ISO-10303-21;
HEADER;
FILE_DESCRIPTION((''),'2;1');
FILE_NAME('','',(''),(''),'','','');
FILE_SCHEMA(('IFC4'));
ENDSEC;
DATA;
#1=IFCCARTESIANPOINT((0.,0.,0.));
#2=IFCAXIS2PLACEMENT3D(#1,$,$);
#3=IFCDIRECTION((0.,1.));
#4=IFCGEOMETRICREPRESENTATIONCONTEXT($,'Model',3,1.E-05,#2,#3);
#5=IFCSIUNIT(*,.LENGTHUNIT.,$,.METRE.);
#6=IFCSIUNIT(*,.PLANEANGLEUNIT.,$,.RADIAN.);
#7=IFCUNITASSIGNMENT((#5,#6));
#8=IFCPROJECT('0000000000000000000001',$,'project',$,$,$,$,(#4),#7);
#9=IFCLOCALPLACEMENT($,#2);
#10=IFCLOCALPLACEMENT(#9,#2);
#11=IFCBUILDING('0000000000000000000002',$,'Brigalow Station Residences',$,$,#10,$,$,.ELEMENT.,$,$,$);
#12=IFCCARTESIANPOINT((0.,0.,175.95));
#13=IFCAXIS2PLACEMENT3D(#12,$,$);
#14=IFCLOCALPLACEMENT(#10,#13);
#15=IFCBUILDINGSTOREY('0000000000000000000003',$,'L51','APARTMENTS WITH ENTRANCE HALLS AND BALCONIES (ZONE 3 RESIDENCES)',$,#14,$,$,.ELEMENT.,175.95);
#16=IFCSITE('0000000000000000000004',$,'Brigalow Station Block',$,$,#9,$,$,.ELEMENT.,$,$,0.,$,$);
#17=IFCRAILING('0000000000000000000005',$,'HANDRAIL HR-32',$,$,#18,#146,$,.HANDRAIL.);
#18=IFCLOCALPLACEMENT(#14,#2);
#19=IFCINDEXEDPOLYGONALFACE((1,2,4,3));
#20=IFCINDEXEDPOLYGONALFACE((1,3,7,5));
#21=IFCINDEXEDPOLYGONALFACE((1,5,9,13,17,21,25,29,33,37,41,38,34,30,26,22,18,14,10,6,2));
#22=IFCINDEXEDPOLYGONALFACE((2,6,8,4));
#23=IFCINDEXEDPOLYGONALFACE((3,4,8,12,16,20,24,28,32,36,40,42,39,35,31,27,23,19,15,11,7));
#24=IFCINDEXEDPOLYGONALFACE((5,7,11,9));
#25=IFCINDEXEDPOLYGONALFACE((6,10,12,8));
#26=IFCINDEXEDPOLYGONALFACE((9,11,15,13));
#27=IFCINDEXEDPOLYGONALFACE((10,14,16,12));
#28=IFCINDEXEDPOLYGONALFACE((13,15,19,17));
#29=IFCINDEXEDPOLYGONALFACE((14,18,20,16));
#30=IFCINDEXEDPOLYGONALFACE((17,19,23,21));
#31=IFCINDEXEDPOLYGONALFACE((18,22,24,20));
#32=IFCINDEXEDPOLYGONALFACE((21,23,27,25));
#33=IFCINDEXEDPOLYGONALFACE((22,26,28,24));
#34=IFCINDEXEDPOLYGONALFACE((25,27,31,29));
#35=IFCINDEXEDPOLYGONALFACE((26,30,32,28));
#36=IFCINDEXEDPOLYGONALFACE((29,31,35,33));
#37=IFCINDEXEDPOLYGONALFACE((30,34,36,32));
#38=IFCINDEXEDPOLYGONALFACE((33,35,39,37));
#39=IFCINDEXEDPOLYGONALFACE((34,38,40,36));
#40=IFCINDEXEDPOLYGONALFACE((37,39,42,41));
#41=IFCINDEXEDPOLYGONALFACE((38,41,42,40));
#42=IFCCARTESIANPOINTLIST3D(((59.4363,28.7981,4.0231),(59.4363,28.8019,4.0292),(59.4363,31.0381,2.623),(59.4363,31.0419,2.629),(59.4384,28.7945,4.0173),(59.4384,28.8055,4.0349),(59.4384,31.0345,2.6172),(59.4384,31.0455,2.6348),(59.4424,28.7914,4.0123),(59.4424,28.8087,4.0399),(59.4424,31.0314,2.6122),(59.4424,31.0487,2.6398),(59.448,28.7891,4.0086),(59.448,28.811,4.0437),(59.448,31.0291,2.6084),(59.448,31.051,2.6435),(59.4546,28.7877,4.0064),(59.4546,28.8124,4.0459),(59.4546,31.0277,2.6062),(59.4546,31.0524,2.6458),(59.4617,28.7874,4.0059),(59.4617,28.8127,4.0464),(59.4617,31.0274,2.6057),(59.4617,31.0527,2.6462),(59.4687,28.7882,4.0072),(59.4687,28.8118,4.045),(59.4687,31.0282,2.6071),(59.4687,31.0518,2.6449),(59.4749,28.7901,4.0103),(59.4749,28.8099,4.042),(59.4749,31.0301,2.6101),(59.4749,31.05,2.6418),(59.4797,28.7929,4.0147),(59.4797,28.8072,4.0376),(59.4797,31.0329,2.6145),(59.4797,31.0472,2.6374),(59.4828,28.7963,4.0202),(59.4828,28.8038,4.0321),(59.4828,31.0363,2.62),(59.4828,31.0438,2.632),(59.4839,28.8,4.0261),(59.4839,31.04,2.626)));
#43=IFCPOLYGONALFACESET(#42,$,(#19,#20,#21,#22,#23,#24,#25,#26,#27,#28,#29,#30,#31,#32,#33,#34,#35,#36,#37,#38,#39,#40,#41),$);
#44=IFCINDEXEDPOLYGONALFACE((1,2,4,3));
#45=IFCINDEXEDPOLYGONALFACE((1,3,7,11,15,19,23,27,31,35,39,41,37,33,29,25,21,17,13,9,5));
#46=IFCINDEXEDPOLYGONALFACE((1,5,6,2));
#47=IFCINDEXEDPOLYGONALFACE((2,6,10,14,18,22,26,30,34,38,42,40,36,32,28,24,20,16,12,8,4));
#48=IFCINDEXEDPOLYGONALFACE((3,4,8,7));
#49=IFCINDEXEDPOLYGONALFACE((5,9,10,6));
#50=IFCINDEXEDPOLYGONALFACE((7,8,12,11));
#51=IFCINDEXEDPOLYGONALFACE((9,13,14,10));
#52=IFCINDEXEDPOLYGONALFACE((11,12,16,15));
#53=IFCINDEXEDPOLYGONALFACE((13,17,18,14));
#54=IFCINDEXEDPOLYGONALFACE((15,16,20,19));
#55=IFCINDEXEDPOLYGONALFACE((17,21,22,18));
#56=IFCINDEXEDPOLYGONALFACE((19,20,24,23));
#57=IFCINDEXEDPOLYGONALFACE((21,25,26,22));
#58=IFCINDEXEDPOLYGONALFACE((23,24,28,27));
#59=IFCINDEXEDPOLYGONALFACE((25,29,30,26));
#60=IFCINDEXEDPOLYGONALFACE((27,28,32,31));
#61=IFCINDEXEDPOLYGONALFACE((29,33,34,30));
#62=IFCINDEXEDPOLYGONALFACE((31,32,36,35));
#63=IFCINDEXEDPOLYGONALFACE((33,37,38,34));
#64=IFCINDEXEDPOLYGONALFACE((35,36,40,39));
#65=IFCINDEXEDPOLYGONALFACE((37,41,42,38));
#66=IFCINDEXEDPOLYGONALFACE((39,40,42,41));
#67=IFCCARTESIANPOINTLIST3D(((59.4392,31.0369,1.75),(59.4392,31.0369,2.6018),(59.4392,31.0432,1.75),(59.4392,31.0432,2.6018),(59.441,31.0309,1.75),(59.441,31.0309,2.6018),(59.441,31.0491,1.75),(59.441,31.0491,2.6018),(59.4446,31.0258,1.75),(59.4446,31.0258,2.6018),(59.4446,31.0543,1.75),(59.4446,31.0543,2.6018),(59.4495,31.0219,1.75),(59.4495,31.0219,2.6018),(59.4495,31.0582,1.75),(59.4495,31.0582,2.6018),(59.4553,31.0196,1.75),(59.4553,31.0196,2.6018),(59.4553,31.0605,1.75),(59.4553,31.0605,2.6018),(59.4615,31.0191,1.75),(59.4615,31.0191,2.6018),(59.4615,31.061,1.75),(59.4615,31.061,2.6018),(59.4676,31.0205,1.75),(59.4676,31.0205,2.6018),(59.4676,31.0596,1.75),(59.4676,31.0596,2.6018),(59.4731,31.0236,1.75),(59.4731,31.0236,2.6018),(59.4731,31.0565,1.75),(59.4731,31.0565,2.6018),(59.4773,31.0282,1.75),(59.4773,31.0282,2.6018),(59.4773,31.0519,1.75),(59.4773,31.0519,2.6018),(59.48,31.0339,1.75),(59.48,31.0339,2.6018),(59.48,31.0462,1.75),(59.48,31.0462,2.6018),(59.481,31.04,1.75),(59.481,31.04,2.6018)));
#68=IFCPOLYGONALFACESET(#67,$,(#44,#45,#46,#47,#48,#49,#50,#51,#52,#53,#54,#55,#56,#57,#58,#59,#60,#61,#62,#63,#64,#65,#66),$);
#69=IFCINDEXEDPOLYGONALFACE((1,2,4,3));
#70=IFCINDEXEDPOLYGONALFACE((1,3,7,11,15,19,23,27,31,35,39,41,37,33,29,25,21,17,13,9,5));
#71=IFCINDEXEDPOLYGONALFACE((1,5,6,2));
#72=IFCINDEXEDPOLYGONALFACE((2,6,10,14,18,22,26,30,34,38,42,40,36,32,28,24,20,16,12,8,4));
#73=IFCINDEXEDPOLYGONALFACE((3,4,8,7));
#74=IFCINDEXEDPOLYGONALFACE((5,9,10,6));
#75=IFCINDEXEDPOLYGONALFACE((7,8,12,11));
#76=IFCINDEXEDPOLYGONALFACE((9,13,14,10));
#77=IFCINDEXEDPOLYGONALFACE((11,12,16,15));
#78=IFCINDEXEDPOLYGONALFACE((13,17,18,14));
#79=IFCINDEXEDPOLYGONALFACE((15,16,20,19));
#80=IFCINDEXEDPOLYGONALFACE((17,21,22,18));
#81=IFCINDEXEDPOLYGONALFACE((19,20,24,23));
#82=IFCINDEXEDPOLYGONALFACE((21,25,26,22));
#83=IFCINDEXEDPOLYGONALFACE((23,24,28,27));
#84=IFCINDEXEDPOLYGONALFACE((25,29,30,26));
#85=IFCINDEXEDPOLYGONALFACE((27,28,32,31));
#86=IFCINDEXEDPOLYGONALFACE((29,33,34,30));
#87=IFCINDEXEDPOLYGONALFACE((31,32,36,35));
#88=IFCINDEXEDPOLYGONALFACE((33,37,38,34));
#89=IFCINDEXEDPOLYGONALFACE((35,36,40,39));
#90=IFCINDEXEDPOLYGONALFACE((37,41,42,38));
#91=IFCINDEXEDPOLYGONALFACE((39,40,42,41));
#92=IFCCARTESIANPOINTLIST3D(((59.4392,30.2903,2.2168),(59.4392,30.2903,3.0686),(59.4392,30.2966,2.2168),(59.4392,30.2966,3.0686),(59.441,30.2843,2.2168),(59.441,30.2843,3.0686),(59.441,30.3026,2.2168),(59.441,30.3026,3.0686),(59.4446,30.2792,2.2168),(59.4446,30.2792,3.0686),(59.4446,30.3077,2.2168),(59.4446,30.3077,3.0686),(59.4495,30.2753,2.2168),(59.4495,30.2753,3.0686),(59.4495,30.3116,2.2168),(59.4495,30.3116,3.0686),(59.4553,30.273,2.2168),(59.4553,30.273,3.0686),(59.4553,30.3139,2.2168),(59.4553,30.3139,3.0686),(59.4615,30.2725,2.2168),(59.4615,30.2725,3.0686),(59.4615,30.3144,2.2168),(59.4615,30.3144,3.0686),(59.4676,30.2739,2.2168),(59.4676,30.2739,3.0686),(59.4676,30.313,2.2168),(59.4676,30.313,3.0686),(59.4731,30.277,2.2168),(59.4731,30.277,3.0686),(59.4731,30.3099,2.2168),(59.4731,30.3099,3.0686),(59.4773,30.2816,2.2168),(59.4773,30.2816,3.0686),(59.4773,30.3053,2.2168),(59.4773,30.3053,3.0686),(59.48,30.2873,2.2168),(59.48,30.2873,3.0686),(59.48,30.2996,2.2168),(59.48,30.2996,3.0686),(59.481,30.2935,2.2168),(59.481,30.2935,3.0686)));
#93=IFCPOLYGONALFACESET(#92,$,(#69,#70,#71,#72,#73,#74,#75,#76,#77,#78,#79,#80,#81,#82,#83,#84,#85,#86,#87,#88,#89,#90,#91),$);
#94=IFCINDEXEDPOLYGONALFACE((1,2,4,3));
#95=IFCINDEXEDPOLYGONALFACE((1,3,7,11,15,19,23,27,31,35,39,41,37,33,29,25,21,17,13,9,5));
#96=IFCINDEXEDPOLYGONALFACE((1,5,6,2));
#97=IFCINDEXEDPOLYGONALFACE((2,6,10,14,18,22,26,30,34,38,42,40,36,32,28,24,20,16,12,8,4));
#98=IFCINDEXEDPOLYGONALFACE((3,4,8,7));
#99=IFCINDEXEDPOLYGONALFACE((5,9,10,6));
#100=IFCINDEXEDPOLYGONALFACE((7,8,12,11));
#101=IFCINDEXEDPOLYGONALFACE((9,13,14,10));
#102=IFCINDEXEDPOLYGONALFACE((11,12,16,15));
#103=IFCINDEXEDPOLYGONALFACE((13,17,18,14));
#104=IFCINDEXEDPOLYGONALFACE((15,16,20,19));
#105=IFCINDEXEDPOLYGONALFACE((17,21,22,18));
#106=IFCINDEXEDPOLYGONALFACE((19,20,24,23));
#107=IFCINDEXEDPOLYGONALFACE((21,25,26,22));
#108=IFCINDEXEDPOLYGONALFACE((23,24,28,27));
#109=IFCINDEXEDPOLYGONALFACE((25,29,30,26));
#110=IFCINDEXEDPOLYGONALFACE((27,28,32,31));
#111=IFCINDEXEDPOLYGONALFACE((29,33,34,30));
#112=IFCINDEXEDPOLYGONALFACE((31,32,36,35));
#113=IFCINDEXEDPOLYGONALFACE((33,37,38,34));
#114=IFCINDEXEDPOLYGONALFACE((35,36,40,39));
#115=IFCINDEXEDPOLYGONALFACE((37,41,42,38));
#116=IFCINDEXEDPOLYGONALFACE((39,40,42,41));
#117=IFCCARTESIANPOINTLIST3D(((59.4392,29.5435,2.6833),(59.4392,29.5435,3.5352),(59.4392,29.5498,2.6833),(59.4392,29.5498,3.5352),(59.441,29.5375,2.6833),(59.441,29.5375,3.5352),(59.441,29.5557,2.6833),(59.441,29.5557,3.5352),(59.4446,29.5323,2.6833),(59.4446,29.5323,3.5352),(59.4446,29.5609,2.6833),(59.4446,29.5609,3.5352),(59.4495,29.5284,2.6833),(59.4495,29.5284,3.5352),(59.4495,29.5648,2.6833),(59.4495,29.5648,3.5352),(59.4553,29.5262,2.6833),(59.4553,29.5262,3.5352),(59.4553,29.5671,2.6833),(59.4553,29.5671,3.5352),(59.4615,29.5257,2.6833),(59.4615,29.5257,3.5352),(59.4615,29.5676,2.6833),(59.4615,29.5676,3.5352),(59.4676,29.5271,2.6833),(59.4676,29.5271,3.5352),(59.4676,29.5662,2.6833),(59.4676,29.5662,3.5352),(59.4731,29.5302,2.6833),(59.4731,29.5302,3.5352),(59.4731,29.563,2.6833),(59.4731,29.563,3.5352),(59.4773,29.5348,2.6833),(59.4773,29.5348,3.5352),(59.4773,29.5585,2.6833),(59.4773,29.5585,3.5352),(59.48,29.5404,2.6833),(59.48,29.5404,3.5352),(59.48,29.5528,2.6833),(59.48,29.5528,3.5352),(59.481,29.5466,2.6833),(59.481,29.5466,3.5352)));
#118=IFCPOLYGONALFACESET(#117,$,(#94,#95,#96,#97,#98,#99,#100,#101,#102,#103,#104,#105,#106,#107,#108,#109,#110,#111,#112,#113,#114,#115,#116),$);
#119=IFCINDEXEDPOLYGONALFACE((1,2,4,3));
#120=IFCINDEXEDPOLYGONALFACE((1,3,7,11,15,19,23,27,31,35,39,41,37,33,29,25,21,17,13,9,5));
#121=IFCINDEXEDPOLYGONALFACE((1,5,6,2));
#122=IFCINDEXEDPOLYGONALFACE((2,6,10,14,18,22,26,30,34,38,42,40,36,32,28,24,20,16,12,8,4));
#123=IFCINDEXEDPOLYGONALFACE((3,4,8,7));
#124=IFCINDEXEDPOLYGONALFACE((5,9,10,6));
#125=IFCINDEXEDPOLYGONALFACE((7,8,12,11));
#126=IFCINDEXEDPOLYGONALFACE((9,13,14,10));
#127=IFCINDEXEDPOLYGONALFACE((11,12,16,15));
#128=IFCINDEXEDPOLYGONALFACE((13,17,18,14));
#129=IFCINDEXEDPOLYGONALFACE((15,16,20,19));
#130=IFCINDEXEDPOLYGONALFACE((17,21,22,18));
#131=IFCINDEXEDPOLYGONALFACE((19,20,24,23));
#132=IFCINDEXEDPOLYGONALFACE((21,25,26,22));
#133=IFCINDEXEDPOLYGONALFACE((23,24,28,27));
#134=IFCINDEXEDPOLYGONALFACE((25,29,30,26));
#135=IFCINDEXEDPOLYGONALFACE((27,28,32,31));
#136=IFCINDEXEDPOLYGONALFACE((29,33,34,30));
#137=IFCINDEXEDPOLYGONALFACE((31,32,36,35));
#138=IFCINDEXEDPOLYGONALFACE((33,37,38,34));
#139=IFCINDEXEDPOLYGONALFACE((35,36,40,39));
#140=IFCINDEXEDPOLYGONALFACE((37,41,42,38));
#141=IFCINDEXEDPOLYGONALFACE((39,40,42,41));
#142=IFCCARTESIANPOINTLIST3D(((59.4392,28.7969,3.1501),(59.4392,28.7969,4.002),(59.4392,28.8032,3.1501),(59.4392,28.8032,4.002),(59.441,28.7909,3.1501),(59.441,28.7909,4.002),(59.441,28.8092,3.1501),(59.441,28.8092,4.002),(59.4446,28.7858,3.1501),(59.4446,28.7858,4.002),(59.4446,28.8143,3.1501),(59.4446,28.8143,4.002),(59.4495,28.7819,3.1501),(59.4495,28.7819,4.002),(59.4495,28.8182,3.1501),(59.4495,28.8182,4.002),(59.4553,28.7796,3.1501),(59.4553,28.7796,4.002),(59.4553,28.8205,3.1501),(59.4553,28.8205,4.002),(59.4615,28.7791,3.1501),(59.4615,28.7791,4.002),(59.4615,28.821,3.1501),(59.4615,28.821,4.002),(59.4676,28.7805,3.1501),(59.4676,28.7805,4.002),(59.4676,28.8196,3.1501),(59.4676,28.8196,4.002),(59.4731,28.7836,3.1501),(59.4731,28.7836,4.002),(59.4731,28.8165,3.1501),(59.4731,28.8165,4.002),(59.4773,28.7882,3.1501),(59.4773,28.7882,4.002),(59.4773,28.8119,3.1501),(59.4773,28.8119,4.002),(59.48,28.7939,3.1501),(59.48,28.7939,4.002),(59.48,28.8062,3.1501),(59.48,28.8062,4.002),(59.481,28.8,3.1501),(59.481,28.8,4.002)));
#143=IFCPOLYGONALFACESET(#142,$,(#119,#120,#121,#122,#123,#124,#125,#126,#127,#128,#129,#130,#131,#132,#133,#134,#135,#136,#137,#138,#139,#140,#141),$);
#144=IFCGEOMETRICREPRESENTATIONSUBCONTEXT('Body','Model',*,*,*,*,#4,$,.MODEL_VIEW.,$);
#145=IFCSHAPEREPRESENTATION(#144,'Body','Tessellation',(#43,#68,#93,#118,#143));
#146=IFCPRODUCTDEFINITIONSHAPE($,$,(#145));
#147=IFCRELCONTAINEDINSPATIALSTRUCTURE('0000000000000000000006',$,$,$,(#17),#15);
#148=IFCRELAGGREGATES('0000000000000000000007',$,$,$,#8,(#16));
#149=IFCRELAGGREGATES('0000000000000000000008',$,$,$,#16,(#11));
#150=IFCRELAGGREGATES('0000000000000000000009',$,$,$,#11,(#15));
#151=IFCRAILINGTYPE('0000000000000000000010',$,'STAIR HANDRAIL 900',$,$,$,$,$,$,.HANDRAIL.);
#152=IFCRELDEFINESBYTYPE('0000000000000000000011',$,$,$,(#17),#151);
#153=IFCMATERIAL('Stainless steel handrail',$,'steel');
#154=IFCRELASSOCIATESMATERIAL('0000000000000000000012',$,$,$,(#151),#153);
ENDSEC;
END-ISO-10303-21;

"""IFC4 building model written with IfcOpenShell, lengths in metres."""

from ifc_helpers import new_model, si_unit, direction, frame, origin, origin_2d, place, context, subcontext, project, spatial, circle, extrude, material, type_object, element, save


model = new_model("IFC4")

# Units and contexts
model_context = context("Model", 3, precision=1e-05, world=origin(), true_north=direction((0.0, 1.0)))
body_context = subcontext(model_context, "Body", "Model", "MODEL_VIEW")
ifc_project = project(units=[si_unit("LENGTHUNIT", "METRE"), si_unit("PLANEANGLEUNIT", "RADIAN")], contexts=[model_context])

# Site, building, storey
site_placement = place(None, origin())
site = spatial("IfcSite", under=ifc_project, at=site_placement, Name="Brigalow Station Block", CompositionType="ELEMENT", RefElevation=0.0)
building_placement = place(site_placement, origin())
building = spatial("IfcBuilding", under=site, at=building_placement, Name="Brigalow Station Residences", CompositionType="ELEMENT")
storey_placement = place(building_placement, frame((0.0, 0.0, 175.95)))
storey = spatial("IfcBuildingStorey", under=building, at=storey_placement, Name="L51", Description="APARTMENTS WITH ENTRANCE HALLS AND BALCONIES (ZONE 3 RESIDENCES)", CompositionType="ELEMENT", Elevation=175.95)

# Railing
ifc_material_1 = material(Name="Stainless steel handrail", Category="steel")
railing_type_1 = type_object("IfcRailingType", Name="STAIR HANDRAIL 900", PredefinedType="HANDRAIL", material=ifc_material_1)
railing_1_placement = place(storey_placement, frame((59.46, 31.04, 1.75)))
element("IfcRailing", 1, at=railing_1_placement, inside=storey, type_object=railing_type_1, Name="HANDRAIL HR-32", PredefinedType="HANDRAIL", context=body_context, shape_type="SweptSolid", body=[
    extrude(circle(Radius=0.0239, at=origin_2d()), frame((0.0, 0.0, 0.876), z_axis=(0.0, -0.847972, 0.53004), x_axis=(1.0, 0.0, 0.0)), (0.0, 0.0, 1.0), 2.6416),
    extrude(circle(Radius=0.021, at=origin_2d()), origin(), (0.0, 0.0, 1.0), 0.8518),
    extrude(circle(Radius=0.021, at=origin_2d()), frame((0.0, -0.7466, 0.4668)), (0.0, 0.0, 1.0), 0.8518),
    extrude(circle(Radius=0.021, at=origin_2d()), frame((0.0, -1.4934, 0.9333)), (0.0, 0.0, 1.0), 0.8518),
    extrude(circle(Radius=0.021, at=origin_2d()), frame((0.0, -2.24, 1.4001)), (0.0, 0.0, 1.0), 0.8518),
])

save(model, "model.ifc")
